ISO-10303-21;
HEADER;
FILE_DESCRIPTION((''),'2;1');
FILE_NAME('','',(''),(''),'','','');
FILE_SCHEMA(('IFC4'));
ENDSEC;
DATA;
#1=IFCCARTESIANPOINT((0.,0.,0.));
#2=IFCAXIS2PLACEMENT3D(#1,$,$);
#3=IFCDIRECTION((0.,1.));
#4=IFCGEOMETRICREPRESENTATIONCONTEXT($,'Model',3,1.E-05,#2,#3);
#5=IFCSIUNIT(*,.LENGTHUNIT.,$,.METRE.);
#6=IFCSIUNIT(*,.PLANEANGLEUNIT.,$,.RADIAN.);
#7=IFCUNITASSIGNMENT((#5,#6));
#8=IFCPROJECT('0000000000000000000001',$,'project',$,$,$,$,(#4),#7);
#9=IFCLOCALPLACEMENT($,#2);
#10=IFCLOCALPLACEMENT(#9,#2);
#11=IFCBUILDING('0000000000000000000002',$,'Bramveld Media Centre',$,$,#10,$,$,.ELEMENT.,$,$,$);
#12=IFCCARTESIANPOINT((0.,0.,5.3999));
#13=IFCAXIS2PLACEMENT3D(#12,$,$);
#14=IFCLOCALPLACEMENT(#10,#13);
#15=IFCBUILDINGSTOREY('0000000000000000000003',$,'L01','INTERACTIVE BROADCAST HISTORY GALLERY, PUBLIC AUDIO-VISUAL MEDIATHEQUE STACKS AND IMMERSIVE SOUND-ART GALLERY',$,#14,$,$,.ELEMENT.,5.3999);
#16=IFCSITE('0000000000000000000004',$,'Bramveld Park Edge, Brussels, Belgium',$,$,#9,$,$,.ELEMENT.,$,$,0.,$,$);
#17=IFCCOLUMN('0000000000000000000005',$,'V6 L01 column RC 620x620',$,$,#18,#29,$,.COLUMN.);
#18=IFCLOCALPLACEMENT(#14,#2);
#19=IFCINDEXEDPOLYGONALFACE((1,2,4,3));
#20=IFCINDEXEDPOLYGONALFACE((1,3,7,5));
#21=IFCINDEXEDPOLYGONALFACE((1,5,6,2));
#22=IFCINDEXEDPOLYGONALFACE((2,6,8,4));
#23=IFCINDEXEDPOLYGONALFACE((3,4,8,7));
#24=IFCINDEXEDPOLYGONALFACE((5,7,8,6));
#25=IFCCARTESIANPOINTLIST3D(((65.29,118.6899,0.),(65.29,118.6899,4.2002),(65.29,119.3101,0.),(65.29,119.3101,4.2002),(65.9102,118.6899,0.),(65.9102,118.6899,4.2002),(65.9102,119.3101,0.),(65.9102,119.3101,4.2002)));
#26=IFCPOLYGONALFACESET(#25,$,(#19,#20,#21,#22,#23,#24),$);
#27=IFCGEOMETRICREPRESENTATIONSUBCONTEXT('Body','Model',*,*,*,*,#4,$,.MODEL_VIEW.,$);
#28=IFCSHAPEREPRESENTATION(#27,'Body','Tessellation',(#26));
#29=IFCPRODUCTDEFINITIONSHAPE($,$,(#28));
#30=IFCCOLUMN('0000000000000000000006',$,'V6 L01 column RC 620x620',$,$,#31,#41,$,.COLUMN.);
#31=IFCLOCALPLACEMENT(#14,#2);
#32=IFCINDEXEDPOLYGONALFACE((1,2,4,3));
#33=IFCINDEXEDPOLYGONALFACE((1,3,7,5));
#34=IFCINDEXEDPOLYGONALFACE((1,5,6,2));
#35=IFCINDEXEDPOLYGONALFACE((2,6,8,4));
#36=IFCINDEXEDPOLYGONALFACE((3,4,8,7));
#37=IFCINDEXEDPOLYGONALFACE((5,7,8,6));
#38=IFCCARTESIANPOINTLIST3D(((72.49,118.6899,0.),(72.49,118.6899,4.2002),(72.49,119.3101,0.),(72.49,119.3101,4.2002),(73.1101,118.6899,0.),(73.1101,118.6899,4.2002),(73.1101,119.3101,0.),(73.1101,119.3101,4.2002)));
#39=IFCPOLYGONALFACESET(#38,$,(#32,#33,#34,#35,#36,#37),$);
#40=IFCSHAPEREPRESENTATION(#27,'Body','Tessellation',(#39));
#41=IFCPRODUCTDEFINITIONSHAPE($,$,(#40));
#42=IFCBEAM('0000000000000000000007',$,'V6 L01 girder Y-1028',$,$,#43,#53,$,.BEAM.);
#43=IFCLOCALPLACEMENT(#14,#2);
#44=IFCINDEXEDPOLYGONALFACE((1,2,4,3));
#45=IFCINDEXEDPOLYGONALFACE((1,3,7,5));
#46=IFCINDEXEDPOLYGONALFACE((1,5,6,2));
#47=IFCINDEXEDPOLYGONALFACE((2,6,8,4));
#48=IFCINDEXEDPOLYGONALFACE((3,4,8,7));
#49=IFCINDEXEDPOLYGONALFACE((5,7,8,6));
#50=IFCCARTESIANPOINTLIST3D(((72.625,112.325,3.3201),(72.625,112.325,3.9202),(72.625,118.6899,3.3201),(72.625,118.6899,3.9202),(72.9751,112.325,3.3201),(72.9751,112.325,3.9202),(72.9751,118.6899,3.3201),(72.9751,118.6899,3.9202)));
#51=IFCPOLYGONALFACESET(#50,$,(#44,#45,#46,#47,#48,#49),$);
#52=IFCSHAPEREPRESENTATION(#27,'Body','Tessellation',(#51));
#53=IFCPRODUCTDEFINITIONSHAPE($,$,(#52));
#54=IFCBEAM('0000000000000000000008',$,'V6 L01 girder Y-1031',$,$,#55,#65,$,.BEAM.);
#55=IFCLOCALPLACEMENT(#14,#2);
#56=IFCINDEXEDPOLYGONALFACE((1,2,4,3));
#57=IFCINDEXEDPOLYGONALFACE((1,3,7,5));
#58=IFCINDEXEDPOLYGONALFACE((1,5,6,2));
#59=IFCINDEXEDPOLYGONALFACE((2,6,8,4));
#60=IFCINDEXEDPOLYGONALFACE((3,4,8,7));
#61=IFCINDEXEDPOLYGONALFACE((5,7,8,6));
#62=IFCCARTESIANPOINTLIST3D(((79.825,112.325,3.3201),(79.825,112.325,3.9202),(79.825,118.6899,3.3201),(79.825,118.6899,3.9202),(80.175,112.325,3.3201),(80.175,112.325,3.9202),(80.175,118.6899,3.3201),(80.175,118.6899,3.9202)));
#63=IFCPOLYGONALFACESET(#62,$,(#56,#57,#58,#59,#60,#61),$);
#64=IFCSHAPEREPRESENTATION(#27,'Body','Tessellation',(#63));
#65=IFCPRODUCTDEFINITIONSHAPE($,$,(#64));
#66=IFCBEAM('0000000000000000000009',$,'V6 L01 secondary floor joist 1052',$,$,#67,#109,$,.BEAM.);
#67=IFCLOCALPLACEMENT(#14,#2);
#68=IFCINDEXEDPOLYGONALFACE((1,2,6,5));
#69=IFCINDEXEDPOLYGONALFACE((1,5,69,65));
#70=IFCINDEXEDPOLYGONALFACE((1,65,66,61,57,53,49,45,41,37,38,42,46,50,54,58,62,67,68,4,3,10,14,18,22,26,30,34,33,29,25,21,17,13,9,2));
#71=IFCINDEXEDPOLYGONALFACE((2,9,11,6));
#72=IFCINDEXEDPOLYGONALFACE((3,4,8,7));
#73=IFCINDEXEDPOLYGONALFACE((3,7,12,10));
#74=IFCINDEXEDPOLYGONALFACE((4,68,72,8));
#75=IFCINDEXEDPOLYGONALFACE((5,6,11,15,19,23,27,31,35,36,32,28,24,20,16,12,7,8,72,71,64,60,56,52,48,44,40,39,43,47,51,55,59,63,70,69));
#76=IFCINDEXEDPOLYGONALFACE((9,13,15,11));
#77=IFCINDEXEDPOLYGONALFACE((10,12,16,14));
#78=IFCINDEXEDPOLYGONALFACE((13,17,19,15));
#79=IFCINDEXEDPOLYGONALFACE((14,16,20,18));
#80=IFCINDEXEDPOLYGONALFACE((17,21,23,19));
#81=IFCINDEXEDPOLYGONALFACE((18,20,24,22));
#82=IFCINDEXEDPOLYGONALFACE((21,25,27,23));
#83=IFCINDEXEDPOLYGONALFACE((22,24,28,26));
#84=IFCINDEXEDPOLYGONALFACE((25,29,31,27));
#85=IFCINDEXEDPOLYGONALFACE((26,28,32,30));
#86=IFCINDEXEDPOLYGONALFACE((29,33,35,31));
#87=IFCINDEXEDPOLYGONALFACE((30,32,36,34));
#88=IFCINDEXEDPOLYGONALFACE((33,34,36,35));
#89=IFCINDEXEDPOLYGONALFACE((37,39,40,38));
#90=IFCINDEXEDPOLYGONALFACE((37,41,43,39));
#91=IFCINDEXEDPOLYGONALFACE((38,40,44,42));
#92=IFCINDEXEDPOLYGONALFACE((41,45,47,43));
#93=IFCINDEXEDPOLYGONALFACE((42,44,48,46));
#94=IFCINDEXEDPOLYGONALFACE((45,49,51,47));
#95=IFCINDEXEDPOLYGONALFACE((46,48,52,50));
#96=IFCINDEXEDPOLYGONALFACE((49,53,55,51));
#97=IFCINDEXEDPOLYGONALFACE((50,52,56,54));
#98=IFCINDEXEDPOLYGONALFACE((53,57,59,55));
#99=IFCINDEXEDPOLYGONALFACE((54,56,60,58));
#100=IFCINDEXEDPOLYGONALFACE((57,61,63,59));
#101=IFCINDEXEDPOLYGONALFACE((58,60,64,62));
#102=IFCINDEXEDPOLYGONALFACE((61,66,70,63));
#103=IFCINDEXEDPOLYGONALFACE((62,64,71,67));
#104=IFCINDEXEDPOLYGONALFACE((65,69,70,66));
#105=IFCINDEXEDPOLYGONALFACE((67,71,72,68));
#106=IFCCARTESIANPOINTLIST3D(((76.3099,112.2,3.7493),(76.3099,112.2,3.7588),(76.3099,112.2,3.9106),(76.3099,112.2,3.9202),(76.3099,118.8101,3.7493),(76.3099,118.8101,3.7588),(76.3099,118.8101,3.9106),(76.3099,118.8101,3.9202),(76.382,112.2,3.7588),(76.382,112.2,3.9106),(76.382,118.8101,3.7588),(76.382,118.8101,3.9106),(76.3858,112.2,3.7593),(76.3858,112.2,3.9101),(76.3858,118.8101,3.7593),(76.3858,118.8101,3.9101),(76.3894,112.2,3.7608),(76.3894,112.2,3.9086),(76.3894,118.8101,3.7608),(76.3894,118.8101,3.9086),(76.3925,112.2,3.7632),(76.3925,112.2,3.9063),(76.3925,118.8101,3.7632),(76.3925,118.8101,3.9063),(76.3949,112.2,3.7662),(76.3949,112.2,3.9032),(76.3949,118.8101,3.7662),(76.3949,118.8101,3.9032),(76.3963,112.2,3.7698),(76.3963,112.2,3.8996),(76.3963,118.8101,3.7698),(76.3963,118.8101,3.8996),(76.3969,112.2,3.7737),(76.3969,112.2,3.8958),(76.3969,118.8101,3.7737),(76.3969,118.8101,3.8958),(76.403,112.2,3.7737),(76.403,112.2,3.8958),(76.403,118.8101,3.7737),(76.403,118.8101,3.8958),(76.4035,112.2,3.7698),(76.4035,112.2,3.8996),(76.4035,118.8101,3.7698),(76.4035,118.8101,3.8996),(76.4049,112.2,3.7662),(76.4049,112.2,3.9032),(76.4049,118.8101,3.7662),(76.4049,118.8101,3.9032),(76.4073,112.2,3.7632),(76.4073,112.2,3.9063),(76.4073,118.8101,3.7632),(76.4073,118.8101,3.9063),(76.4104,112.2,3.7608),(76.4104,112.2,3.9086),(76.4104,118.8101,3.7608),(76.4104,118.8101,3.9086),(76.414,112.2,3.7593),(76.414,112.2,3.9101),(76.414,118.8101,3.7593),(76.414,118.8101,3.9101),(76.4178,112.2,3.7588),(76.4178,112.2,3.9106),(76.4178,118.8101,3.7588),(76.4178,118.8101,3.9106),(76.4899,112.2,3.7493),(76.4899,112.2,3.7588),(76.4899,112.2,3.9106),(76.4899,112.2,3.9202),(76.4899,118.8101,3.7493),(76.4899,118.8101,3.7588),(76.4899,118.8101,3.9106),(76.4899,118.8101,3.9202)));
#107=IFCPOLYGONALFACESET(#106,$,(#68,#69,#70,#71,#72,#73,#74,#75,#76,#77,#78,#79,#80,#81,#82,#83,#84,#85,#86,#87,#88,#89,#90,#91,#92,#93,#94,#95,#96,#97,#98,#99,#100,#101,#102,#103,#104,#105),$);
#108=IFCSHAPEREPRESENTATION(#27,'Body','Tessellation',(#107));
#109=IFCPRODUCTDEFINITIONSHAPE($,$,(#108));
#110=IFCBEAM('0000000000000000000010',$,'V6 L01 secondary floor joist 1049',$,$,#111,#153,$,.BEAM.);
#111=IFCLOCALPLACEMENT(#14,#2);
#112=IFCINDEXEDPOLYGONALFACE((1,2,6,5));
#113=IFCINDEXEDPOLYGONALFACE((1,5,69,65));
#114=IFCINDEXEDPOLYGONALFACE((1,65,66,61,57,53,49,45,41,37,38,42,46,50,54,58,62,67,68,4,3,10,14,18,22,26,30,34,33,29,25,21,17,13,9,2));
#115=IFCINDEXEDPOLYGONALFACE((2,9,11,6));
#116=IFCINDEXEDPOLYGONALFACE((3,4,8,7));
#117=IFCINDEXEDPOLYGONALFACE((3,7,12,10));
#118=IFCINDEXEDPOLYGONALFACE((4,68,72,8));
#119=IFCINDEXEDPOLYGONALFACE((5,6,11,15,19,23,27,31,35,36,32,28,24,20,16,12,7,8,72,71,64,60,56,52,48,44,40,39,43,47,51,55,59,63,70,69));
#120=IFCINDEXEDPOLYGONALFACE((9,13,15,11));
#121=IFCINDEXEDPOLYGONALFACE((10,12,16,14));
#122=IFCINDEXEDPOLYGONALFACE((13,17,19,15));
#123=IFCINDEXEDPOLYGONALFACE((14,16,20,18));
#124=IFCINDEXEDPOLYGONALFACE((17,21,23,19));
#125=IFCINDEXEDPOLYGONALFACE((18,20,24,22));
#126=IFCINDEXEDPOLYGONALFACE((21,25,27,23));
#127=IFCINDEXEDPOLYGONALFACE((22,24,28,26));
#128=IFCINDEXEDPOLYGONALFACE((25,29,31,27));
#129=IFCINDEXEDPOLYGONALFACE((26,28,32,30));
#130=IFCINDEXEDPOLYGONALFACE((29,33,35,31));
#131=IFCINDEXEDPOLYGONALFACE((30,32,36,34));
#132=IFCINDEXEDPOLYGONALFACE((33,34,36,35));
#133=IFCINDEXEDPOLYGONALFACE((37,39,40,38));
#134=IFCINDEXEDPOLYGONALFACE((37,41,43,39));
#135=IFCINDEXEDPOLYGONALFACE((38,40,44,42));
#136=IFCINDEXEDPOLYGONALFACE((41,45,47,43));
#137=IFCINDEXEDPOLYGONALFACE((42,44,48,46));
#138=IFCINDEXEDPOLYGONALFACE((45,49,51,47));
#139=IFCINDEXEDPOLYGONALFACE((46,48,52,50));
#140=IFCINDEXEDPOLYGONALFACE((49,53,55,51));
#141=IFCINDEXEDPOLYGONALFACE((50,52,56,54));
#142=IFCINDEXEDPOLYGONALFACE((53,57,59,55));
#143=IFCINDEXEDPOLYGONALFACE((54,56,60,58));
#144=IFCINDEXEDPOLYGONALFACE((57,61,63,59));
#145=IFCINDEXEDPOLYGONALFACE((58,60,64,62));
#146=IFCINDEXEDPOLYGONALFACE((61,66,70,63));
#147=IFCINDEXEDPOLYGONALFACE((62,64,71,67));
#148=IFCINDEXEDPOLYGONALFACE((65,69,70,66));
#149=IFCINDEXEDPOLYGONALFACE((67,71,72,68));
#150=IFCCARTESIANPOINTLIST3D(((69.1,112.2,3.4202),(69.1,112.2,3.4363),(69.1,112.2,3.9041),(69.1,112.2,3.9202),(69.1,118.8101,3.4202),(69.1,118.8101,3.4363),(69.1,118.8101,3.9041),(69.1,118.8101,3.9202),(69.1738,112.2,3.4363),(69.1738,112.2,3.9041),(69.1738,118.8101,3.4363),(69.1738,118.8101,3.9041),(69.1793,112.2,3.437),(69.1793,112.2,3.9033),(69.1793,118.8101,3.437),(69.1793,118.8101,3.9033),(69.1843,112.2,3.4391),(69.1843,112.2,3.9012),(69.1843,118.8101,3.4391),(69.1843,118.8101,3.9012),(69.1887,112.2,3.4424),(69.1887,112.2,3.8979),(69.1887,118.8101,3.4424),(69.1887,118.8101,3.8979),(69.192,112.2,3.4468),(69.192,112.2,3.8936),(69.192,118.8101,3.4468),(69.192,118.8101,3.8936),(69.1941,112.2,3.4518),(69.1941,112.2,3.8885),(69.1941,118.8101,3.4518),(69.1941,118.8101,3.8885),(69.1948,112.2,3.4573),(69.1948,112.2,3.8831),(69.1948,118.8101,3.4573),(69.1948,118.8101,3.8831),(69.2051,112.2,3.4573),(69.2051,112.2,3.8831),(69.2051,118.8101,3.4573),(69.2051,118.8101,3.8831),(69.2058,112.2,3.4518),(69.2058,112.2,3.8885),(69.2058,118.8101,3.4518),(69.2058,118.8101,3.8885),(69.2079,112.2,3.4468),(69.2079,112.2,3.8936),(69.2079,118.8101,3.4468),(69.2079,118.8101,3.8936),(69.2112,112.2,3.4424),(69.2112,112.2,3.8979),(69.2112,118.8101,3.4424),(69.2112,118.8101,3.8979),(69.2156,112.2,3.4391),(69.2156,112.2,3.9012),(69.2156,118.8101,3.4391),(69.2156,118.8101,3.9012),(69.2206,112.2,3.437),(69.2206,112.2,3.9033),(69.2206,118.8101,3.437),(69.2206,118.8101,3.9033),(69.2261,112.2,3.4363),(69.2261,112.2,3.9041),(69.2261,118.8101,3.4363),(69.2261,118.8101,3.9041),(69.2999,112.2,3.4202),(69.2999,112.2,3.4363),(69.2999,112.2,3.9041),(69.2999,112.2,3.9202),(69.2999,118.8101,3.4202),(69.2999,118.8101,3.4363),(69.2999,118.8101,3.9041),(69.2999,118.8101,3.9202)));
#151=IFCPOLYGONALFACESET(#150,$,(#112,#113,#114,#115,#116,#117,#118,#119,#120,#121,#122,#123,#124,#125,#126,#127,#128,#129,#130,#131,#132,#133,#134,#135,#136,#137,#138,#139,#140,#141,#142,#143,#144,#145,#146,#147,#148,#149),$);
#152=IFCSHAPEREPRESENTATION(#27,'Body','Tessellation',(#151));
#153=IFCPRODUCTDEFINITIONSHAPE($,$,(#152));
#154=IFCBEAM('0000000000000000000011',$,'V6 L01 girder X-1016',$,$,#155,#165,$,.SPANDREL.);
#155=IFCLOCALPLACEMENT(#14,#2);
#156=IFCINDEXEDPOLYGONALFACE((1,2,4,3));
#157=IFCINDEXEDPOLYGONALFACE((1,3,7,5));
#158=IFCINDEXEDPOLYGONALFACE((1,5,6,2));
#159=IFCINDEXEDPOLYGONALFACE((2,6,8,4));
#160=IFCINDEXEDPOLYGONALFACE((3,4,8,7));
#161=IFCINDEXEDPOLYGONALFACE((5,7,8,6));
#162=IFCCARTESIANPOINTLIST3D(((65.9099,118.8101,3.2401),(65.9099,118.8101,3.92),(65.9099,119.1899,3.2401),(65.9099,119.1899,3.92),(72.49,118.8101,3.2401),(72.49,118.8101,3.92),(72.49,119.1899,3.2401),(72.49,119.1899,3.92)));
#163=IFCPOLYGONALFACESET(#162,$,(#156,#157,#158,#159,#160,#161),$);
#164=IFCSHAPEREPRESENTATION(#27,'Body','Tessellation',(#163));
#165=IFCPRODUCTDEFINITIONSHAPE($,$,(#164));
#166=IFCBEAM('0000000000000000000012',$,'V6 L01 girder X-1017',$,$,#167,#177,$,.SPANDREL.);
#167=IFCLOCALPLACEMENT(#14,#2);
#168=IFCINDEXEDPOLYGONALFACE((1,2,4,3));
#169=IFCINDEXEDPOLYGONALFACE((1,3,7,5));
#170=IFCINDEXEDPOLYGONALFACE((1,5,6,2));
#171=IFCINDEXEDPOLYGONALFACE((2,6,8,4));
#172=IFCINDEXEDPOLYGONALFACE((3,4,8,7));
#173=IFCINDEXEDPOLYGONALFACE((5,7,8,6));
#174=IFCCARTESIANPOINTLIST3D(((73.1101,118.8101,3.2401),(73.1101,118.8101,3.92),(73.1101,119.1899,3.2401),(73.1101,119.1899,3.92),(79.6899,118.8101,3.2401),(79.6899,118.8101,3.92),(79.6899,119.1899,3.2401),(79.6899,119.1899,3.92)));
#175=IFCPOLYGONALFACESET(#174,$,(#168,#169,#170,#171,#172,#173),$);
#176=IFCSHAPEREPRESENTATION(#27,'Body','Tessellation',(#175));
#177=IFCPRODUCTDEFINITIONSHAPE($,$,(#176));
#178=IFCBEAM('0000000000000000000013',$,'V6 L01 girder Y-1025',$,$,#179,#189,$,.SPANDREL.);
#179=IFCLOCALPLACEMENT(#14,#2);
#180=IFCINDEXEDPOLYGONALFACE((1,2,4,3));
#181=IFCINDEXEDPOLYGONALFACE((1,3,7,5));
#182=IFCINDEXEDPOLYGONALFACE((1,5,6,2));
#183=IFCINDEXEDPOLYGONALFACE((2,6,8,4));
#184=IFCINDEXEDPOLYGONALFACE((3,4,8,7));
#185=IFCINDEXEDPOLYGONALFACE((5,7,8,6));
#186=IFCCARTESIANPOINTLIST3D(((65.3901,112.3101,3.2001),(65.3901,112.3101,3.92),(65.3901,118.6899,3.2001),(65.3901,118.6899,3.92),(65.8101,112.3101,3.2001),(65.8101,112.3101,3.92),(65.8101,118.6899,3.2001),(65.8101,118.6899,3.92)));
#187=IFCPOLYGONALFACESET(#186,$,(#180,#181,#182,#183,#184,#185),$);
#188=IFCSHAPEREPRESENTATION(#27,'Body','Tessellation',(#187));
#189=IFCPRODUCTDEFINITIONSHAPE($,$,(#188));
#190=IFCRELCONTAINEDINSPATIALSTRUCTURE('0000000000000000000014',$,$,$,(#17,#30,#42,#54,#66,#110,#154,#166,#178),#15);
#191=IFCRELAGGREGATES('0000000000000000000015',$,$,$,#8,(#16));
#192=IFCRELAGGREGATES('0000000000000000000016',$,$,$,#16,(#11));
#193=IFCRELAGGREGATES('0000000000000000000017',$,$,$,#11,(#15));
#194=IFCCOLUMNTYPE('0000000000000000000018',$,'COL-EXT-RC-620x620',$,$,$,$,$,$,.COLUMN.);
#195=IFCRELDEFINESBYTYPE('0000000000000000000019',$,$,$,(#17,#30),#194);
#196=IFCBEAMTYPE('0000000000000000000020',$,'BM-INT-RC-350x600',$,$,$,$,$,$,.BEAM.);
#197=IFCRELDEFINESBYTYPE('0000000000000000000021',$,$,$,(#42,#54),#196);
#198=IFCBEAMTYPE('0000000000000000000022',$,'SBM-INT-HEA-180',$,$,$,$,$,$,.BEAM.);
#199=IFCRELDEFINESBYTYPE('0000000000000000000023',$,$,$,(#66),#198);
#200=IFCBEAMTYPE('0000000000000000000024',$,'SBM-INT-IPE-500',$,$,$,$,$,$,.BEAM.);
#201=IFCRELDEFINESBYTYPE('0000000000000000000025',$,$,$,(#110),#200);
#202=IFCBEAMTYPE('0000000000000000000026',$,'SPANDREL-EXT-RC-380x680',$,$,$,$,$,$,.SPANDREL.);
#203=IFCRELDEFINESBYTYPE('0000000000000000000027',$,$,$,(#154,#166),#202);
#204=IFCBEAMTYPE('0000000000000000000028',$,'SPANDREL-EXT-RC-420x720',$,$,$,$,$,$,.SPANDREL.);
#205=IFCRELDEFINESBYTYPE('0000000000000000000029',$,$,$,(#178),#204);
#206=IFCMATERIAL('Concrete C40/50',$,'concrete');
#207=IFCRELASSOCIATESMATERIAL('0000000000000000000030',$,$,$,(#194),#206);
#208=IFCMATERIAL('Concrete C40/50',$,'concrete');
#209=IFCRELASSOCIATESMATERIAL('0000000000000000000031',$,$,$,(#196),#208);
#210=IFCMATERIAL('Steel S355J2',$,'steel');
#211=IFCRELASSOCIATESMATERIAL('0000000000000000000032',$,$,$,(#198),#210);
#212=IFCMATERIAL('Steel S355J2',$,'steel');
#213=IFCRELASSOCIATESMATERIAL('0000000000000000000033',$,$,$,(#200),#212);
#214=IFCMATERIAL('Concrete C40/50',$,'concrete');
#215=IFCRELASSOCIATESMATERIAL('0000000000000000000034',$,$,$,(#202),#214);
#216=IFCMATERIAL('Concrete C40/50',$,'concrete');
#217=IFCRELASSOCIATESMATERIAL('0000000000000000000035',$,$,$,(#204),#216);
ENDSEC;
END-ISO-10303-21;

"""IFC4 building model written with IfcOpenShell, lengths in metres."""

from ifc_helpers import new_model, si_unit, direction, frame, origin, origin_2d, place, context, subcontext, project, spatial, rectangle, i_section, extrude, material, material_profile, profile_set, type_object, element, save


model = new_model("IFC4")

# Units and contexts
model_context = context("Model", 3, precision=1e-05, world=origin(), true_north=direction((0.0, 1.0)))
body_context = subcontext(model_context, "Body", "Model", "MODEL_VIEW")
ifc_project = project(units=[si_unit("LENGTHUNIT", "METRE"), si_unit("PLANEANGLEUNIT", "RADIAN")], contexts=[model_context])

# Site, building, storey
site_placement = place(None, origin())
site = spatial("IfcSite", under=ifc_project, at=site_placement, Name="Bramveld Park Edge, Brussels, Belgium", CompositionType="ELEMENT", RefElevation=0.0)
building_placement = place(site_placement, origin())
building = spatial("IfcBuilding", under=site, at=building_placement, Name="Bramveld Media Centre", CompositionType="ELEMENT")
storey_placement = place(building_placement, frame((0.0, 0.0, 5.3999)))
storey = spatial("IfcBuildingStorey", under=building, at=storey_placement, Name="L01", Description="INTERACTIVE BROADCAST HISTORY GALLERY, PUBLIC AUDIO-VISUAL MEDIATHEQUE STACKS AND IMMERSIVE SOUND-ART GALLERY", CompositionType="ELEMENT", Elevation=5.3999)

# Columns
ifc_material_1 = material(Name="Concrete C40/50", Category="concrete")
ifc_material_profile_1 = material_profile(ifc_material_1, rectangle(XDim=0.6201, YDim=0.6201, at=origin_2d()), Name="RC 620x620")
ifc_profile_set_1 = profile_set([ifc_material_profile_1], Name="Concrete C40/50")
column_type = type_object("IfcColumnType", Name="COL-EXT-RC-620x620", PredefinedType="COLUMN", material=ifc_profile_set_1)
for number, where, z_axis, x_axis, name in (
    (1, (65.6001, 119.0, 0.0), (0.0, 0.0, 1.0), (1.0, 0.0, 0.0), "V6 L01 column RC 620x620"),
    (2, (72.8, 119.0, 0.0), (0.0, 0.0, 1.0), (1.0, 0.0, 0.0), "V6 L01 column RC 620x620"),
):
    element("IfcColumn", number, at=place(storey_placement, frame(where, z_axis=z_axis, x_axis=x_axis)), inside=storey, type_object=column_type, Name=name, PredefinedType="COLUMN", context=body_context, shape_type="SweptSolid", body=[
        extrude(rectangle(XDim=0.6201, YDim=0.6201, at=origin_2d()), origin(), (0.0, 0.0, 1.0), 4.2002),
    ])

# Beams
ifc_material_2 = material(Name="Concrete C40/50", Category="concrete")
ifc_material_profile_2 = material_profile(ifc_material_2, rectangle(XDim=0.3501, YDim=0.6001, at=origin_2d()), Name="RC 350x600")
ifc_profile_set_2 = profile_set([ifc_material_profile_2], Name="Concrete C40/50")
beam_type_1 = type_object("IfcBeamType", Name="BM-INT-RC-350x600", PredefinedType="BEAM", material=ifc_profile_set_2)
for number, where, z_axis, x_axis, name in (
    (3, (72.8, 112.325, 3.6201), (0.0, 1.0, 0.0), (-1.0, 0.0, 0.0), "V6 L01 girder Y-1028"),
    (4, (80.0, 112.325, 3.6201), (0.0, 1.0, 0.0), (-1.0, 0.0, 0.0), "V6 L01 girder Y-1031"),
):
    element("IfcBeam", number, at=place(storey_placement, frame(where, z_axis=z_axis, x_axis=x_axis)), inside=storey, type_object=beam_type_1, Name=name, PredefinedType="BEAM", context=body_context, shape_type="SweptSolid", body=[
        extrude(rectangle(XDim=0.3501, YDim=0.6001, at=origin_2d()), origin(), (0.0, 0.0, 1.0), 6.365),
    ])
ifc_material_3 = material(Name="Steel S355J2", Category="steel")
ifc_material_profile_3 = material_profile(ifc_material_3, i_section(OverallWidth=0.1799, OverallDepth=0.1709, WebThickness=0.0061, FlangeThickness=0.0095, FilletRadius=0.0149, at=origin_2d()), Name="HEA 180")
ifc_profile_set_3 = profile_set([ifc_material_profile_3], Name="Steel S355J2")
beam_type_2 = type_object("IfcBeamType", Name="SBM-INT-HEA-180", PredefinedType="BEAM", material=ifc_profile_set_3)
beam_1_placement = place(storey_placement, frame((76.3999, 112.2, 3.8347), z_axis=(0.0, 1.0, 0.0), x_axis=(-1.0, 0.0, 0.0)))
element("IfcBeam", 5, at=beam_1_placement, inside=storey, type_object=beam_type_2, Name="V6 L01 secondary floor joist 1052", PredefinedType="BEAM", context=body_context, shape_type="SweptSolid", body=[
    extrude(i_section(OverallWidth=0.1799, OverallDepth=0.1709, WebThickness=0.0061, FlangeThickness=0.0095, FilletRadius=0.0149, at=origin_2d()), origin(), (0.0, 0.0, 1.0), 6.6101),
])
ifc_material_4 = material(Name="Steel S355J2", Category="steel")
ifc_material_profile_4 = material_profile(ifc_material_4, i_section(OverallWidth=0.2, OverallDepth=0.5, WebThickness=0.0103, FlangeThickness=0.0161, FilletRadius=0.021, at=origin_2d()), Name="IPE 500")
ifc_profile_set_4 = profile_set([ifc_material_profile_4], Name="Steel S355J2")
beam_type_3 = type_object("IfcBeamType", Name="SBM-INT-IPE-500", PredefinedType="BEAM", material=ifc_profile_set_4)
beam_2_placement = place(storey_placement, frame((69.2, 112.2, 3.6702), z_axis=(0.0, 1.0, 0.0), x_axis=(-1.0, 0.0, 0.0)))
element("IfcBeam", 6, at=beam_2_placement, inside=storey, type_object=beam_type_3, Name="V6 L01 secondary floor joist 1049", PredefinedType="BEAM", context=body_context, shape_type="SweptSolid", body=[
    extrude(i_section(OverallWidth=0.2, OverallDepth=0.5, WebThickness=0.0103, FlangeThickness=0.0161, FilletRadius=0.021, at=origin_2d()), origin(), (0.0, 0.0, 1.0), 6.6101),
])
ifc_material_5 = material(Name="Concrete C40/50", Category="concrete")
ifc_material_profile_5 = material_profile(ifc_material_5, rectangle(XDim=0.3799, YDim=0.6799, at=origin_2d()), Name="RC 380x680")
ifc_profile_set_5 = profile_set([ifc_material_profile_5], Name="Concrete C40/50")
beam_type_4 = type_object("IfcBeamType", Name="SPANDREL-EXT-RC-380x680", PredefinedType="SPANDREL", material=ifc_profile_set_5)
beam_3_placement = place(storey_placement, frame((65.9099, 119.0, 3.5801), z_axis=(1.0, 0.0, 0.0), x_axis=(0.0, 1.0, 0.0)))
element("IfcBeam", 7, at=beam_3_placement, inside=storey, type_object=beam_type_4, Name="V6 L01 girder X-1016", PredefinedType="SPANDREL", context=body_context, shape_type="SweptSolid", body=[
    extrude(rectangle(XDim=0.3799, YDim=0.6799, at=origin_2d()), origin(), (0.0, 0.0, 1.0), 6.5801),
])
beam_4_placement = place(storey_placement, frame((73.1101, 119.0, 3.5801), z_axis=(1.0, 0.0, 0.0), x_axis=(0.0, 1.0, 0.0)))
element("IfcBeam", 8, at=beam_4_placement, inside=storey, type_object=beam_type_4, Name="V6 L01 girder X-1017", PredefinedType="SPANDREL", context=body_context, shape_type="SweptSolid", body=[
    extrude(rectangle(XDim=0.3799, YDim=0.6799, at=origin_2d()), origin(), (0.0, 0.0, 1.0), 6.5798),
])
ifc_material_6 = material(Name="Concrete C40/50", Category="concrete")
ifc_material_profile_6 = material_profile(ifc_material_6, rectangle(XDim=0.4199, YDim=0.72, at=origin_2d()), Name="RC 420x720")
ifc_profile_set_6 = profile_set([ifc_material_profile_6], Name="Concrete C40/50")
beam_type_5 = type_object("IfcBeamType", Name="SPANDREL-EXT-RC-420x720", PredefinedType="SPANDREL", material=ifc_profile_set_6)
beam_5_placement = place(storey_placement, frame((65.6001, 112.3101, 3.5601), z_axis=(0.0, 1.0, 0.0), x_axis=(-1.0, 0.0, 0.0)))
element("IfcBeam", 9, at=beam_5_placement, inside=storey, type_object=beam_type_5, Name="V6 L01 girder Y-1025", PredefinedType="SPANDREL", context=body_context, shape_type="SweptSolid", body=[
    extrude(rectangle(XDim=0.4199, YDim=0.72, at=origin_2d()), origin(), (0.0, 0.0, 1.0), 6.3799),
])

save(model, "model.ifc")
